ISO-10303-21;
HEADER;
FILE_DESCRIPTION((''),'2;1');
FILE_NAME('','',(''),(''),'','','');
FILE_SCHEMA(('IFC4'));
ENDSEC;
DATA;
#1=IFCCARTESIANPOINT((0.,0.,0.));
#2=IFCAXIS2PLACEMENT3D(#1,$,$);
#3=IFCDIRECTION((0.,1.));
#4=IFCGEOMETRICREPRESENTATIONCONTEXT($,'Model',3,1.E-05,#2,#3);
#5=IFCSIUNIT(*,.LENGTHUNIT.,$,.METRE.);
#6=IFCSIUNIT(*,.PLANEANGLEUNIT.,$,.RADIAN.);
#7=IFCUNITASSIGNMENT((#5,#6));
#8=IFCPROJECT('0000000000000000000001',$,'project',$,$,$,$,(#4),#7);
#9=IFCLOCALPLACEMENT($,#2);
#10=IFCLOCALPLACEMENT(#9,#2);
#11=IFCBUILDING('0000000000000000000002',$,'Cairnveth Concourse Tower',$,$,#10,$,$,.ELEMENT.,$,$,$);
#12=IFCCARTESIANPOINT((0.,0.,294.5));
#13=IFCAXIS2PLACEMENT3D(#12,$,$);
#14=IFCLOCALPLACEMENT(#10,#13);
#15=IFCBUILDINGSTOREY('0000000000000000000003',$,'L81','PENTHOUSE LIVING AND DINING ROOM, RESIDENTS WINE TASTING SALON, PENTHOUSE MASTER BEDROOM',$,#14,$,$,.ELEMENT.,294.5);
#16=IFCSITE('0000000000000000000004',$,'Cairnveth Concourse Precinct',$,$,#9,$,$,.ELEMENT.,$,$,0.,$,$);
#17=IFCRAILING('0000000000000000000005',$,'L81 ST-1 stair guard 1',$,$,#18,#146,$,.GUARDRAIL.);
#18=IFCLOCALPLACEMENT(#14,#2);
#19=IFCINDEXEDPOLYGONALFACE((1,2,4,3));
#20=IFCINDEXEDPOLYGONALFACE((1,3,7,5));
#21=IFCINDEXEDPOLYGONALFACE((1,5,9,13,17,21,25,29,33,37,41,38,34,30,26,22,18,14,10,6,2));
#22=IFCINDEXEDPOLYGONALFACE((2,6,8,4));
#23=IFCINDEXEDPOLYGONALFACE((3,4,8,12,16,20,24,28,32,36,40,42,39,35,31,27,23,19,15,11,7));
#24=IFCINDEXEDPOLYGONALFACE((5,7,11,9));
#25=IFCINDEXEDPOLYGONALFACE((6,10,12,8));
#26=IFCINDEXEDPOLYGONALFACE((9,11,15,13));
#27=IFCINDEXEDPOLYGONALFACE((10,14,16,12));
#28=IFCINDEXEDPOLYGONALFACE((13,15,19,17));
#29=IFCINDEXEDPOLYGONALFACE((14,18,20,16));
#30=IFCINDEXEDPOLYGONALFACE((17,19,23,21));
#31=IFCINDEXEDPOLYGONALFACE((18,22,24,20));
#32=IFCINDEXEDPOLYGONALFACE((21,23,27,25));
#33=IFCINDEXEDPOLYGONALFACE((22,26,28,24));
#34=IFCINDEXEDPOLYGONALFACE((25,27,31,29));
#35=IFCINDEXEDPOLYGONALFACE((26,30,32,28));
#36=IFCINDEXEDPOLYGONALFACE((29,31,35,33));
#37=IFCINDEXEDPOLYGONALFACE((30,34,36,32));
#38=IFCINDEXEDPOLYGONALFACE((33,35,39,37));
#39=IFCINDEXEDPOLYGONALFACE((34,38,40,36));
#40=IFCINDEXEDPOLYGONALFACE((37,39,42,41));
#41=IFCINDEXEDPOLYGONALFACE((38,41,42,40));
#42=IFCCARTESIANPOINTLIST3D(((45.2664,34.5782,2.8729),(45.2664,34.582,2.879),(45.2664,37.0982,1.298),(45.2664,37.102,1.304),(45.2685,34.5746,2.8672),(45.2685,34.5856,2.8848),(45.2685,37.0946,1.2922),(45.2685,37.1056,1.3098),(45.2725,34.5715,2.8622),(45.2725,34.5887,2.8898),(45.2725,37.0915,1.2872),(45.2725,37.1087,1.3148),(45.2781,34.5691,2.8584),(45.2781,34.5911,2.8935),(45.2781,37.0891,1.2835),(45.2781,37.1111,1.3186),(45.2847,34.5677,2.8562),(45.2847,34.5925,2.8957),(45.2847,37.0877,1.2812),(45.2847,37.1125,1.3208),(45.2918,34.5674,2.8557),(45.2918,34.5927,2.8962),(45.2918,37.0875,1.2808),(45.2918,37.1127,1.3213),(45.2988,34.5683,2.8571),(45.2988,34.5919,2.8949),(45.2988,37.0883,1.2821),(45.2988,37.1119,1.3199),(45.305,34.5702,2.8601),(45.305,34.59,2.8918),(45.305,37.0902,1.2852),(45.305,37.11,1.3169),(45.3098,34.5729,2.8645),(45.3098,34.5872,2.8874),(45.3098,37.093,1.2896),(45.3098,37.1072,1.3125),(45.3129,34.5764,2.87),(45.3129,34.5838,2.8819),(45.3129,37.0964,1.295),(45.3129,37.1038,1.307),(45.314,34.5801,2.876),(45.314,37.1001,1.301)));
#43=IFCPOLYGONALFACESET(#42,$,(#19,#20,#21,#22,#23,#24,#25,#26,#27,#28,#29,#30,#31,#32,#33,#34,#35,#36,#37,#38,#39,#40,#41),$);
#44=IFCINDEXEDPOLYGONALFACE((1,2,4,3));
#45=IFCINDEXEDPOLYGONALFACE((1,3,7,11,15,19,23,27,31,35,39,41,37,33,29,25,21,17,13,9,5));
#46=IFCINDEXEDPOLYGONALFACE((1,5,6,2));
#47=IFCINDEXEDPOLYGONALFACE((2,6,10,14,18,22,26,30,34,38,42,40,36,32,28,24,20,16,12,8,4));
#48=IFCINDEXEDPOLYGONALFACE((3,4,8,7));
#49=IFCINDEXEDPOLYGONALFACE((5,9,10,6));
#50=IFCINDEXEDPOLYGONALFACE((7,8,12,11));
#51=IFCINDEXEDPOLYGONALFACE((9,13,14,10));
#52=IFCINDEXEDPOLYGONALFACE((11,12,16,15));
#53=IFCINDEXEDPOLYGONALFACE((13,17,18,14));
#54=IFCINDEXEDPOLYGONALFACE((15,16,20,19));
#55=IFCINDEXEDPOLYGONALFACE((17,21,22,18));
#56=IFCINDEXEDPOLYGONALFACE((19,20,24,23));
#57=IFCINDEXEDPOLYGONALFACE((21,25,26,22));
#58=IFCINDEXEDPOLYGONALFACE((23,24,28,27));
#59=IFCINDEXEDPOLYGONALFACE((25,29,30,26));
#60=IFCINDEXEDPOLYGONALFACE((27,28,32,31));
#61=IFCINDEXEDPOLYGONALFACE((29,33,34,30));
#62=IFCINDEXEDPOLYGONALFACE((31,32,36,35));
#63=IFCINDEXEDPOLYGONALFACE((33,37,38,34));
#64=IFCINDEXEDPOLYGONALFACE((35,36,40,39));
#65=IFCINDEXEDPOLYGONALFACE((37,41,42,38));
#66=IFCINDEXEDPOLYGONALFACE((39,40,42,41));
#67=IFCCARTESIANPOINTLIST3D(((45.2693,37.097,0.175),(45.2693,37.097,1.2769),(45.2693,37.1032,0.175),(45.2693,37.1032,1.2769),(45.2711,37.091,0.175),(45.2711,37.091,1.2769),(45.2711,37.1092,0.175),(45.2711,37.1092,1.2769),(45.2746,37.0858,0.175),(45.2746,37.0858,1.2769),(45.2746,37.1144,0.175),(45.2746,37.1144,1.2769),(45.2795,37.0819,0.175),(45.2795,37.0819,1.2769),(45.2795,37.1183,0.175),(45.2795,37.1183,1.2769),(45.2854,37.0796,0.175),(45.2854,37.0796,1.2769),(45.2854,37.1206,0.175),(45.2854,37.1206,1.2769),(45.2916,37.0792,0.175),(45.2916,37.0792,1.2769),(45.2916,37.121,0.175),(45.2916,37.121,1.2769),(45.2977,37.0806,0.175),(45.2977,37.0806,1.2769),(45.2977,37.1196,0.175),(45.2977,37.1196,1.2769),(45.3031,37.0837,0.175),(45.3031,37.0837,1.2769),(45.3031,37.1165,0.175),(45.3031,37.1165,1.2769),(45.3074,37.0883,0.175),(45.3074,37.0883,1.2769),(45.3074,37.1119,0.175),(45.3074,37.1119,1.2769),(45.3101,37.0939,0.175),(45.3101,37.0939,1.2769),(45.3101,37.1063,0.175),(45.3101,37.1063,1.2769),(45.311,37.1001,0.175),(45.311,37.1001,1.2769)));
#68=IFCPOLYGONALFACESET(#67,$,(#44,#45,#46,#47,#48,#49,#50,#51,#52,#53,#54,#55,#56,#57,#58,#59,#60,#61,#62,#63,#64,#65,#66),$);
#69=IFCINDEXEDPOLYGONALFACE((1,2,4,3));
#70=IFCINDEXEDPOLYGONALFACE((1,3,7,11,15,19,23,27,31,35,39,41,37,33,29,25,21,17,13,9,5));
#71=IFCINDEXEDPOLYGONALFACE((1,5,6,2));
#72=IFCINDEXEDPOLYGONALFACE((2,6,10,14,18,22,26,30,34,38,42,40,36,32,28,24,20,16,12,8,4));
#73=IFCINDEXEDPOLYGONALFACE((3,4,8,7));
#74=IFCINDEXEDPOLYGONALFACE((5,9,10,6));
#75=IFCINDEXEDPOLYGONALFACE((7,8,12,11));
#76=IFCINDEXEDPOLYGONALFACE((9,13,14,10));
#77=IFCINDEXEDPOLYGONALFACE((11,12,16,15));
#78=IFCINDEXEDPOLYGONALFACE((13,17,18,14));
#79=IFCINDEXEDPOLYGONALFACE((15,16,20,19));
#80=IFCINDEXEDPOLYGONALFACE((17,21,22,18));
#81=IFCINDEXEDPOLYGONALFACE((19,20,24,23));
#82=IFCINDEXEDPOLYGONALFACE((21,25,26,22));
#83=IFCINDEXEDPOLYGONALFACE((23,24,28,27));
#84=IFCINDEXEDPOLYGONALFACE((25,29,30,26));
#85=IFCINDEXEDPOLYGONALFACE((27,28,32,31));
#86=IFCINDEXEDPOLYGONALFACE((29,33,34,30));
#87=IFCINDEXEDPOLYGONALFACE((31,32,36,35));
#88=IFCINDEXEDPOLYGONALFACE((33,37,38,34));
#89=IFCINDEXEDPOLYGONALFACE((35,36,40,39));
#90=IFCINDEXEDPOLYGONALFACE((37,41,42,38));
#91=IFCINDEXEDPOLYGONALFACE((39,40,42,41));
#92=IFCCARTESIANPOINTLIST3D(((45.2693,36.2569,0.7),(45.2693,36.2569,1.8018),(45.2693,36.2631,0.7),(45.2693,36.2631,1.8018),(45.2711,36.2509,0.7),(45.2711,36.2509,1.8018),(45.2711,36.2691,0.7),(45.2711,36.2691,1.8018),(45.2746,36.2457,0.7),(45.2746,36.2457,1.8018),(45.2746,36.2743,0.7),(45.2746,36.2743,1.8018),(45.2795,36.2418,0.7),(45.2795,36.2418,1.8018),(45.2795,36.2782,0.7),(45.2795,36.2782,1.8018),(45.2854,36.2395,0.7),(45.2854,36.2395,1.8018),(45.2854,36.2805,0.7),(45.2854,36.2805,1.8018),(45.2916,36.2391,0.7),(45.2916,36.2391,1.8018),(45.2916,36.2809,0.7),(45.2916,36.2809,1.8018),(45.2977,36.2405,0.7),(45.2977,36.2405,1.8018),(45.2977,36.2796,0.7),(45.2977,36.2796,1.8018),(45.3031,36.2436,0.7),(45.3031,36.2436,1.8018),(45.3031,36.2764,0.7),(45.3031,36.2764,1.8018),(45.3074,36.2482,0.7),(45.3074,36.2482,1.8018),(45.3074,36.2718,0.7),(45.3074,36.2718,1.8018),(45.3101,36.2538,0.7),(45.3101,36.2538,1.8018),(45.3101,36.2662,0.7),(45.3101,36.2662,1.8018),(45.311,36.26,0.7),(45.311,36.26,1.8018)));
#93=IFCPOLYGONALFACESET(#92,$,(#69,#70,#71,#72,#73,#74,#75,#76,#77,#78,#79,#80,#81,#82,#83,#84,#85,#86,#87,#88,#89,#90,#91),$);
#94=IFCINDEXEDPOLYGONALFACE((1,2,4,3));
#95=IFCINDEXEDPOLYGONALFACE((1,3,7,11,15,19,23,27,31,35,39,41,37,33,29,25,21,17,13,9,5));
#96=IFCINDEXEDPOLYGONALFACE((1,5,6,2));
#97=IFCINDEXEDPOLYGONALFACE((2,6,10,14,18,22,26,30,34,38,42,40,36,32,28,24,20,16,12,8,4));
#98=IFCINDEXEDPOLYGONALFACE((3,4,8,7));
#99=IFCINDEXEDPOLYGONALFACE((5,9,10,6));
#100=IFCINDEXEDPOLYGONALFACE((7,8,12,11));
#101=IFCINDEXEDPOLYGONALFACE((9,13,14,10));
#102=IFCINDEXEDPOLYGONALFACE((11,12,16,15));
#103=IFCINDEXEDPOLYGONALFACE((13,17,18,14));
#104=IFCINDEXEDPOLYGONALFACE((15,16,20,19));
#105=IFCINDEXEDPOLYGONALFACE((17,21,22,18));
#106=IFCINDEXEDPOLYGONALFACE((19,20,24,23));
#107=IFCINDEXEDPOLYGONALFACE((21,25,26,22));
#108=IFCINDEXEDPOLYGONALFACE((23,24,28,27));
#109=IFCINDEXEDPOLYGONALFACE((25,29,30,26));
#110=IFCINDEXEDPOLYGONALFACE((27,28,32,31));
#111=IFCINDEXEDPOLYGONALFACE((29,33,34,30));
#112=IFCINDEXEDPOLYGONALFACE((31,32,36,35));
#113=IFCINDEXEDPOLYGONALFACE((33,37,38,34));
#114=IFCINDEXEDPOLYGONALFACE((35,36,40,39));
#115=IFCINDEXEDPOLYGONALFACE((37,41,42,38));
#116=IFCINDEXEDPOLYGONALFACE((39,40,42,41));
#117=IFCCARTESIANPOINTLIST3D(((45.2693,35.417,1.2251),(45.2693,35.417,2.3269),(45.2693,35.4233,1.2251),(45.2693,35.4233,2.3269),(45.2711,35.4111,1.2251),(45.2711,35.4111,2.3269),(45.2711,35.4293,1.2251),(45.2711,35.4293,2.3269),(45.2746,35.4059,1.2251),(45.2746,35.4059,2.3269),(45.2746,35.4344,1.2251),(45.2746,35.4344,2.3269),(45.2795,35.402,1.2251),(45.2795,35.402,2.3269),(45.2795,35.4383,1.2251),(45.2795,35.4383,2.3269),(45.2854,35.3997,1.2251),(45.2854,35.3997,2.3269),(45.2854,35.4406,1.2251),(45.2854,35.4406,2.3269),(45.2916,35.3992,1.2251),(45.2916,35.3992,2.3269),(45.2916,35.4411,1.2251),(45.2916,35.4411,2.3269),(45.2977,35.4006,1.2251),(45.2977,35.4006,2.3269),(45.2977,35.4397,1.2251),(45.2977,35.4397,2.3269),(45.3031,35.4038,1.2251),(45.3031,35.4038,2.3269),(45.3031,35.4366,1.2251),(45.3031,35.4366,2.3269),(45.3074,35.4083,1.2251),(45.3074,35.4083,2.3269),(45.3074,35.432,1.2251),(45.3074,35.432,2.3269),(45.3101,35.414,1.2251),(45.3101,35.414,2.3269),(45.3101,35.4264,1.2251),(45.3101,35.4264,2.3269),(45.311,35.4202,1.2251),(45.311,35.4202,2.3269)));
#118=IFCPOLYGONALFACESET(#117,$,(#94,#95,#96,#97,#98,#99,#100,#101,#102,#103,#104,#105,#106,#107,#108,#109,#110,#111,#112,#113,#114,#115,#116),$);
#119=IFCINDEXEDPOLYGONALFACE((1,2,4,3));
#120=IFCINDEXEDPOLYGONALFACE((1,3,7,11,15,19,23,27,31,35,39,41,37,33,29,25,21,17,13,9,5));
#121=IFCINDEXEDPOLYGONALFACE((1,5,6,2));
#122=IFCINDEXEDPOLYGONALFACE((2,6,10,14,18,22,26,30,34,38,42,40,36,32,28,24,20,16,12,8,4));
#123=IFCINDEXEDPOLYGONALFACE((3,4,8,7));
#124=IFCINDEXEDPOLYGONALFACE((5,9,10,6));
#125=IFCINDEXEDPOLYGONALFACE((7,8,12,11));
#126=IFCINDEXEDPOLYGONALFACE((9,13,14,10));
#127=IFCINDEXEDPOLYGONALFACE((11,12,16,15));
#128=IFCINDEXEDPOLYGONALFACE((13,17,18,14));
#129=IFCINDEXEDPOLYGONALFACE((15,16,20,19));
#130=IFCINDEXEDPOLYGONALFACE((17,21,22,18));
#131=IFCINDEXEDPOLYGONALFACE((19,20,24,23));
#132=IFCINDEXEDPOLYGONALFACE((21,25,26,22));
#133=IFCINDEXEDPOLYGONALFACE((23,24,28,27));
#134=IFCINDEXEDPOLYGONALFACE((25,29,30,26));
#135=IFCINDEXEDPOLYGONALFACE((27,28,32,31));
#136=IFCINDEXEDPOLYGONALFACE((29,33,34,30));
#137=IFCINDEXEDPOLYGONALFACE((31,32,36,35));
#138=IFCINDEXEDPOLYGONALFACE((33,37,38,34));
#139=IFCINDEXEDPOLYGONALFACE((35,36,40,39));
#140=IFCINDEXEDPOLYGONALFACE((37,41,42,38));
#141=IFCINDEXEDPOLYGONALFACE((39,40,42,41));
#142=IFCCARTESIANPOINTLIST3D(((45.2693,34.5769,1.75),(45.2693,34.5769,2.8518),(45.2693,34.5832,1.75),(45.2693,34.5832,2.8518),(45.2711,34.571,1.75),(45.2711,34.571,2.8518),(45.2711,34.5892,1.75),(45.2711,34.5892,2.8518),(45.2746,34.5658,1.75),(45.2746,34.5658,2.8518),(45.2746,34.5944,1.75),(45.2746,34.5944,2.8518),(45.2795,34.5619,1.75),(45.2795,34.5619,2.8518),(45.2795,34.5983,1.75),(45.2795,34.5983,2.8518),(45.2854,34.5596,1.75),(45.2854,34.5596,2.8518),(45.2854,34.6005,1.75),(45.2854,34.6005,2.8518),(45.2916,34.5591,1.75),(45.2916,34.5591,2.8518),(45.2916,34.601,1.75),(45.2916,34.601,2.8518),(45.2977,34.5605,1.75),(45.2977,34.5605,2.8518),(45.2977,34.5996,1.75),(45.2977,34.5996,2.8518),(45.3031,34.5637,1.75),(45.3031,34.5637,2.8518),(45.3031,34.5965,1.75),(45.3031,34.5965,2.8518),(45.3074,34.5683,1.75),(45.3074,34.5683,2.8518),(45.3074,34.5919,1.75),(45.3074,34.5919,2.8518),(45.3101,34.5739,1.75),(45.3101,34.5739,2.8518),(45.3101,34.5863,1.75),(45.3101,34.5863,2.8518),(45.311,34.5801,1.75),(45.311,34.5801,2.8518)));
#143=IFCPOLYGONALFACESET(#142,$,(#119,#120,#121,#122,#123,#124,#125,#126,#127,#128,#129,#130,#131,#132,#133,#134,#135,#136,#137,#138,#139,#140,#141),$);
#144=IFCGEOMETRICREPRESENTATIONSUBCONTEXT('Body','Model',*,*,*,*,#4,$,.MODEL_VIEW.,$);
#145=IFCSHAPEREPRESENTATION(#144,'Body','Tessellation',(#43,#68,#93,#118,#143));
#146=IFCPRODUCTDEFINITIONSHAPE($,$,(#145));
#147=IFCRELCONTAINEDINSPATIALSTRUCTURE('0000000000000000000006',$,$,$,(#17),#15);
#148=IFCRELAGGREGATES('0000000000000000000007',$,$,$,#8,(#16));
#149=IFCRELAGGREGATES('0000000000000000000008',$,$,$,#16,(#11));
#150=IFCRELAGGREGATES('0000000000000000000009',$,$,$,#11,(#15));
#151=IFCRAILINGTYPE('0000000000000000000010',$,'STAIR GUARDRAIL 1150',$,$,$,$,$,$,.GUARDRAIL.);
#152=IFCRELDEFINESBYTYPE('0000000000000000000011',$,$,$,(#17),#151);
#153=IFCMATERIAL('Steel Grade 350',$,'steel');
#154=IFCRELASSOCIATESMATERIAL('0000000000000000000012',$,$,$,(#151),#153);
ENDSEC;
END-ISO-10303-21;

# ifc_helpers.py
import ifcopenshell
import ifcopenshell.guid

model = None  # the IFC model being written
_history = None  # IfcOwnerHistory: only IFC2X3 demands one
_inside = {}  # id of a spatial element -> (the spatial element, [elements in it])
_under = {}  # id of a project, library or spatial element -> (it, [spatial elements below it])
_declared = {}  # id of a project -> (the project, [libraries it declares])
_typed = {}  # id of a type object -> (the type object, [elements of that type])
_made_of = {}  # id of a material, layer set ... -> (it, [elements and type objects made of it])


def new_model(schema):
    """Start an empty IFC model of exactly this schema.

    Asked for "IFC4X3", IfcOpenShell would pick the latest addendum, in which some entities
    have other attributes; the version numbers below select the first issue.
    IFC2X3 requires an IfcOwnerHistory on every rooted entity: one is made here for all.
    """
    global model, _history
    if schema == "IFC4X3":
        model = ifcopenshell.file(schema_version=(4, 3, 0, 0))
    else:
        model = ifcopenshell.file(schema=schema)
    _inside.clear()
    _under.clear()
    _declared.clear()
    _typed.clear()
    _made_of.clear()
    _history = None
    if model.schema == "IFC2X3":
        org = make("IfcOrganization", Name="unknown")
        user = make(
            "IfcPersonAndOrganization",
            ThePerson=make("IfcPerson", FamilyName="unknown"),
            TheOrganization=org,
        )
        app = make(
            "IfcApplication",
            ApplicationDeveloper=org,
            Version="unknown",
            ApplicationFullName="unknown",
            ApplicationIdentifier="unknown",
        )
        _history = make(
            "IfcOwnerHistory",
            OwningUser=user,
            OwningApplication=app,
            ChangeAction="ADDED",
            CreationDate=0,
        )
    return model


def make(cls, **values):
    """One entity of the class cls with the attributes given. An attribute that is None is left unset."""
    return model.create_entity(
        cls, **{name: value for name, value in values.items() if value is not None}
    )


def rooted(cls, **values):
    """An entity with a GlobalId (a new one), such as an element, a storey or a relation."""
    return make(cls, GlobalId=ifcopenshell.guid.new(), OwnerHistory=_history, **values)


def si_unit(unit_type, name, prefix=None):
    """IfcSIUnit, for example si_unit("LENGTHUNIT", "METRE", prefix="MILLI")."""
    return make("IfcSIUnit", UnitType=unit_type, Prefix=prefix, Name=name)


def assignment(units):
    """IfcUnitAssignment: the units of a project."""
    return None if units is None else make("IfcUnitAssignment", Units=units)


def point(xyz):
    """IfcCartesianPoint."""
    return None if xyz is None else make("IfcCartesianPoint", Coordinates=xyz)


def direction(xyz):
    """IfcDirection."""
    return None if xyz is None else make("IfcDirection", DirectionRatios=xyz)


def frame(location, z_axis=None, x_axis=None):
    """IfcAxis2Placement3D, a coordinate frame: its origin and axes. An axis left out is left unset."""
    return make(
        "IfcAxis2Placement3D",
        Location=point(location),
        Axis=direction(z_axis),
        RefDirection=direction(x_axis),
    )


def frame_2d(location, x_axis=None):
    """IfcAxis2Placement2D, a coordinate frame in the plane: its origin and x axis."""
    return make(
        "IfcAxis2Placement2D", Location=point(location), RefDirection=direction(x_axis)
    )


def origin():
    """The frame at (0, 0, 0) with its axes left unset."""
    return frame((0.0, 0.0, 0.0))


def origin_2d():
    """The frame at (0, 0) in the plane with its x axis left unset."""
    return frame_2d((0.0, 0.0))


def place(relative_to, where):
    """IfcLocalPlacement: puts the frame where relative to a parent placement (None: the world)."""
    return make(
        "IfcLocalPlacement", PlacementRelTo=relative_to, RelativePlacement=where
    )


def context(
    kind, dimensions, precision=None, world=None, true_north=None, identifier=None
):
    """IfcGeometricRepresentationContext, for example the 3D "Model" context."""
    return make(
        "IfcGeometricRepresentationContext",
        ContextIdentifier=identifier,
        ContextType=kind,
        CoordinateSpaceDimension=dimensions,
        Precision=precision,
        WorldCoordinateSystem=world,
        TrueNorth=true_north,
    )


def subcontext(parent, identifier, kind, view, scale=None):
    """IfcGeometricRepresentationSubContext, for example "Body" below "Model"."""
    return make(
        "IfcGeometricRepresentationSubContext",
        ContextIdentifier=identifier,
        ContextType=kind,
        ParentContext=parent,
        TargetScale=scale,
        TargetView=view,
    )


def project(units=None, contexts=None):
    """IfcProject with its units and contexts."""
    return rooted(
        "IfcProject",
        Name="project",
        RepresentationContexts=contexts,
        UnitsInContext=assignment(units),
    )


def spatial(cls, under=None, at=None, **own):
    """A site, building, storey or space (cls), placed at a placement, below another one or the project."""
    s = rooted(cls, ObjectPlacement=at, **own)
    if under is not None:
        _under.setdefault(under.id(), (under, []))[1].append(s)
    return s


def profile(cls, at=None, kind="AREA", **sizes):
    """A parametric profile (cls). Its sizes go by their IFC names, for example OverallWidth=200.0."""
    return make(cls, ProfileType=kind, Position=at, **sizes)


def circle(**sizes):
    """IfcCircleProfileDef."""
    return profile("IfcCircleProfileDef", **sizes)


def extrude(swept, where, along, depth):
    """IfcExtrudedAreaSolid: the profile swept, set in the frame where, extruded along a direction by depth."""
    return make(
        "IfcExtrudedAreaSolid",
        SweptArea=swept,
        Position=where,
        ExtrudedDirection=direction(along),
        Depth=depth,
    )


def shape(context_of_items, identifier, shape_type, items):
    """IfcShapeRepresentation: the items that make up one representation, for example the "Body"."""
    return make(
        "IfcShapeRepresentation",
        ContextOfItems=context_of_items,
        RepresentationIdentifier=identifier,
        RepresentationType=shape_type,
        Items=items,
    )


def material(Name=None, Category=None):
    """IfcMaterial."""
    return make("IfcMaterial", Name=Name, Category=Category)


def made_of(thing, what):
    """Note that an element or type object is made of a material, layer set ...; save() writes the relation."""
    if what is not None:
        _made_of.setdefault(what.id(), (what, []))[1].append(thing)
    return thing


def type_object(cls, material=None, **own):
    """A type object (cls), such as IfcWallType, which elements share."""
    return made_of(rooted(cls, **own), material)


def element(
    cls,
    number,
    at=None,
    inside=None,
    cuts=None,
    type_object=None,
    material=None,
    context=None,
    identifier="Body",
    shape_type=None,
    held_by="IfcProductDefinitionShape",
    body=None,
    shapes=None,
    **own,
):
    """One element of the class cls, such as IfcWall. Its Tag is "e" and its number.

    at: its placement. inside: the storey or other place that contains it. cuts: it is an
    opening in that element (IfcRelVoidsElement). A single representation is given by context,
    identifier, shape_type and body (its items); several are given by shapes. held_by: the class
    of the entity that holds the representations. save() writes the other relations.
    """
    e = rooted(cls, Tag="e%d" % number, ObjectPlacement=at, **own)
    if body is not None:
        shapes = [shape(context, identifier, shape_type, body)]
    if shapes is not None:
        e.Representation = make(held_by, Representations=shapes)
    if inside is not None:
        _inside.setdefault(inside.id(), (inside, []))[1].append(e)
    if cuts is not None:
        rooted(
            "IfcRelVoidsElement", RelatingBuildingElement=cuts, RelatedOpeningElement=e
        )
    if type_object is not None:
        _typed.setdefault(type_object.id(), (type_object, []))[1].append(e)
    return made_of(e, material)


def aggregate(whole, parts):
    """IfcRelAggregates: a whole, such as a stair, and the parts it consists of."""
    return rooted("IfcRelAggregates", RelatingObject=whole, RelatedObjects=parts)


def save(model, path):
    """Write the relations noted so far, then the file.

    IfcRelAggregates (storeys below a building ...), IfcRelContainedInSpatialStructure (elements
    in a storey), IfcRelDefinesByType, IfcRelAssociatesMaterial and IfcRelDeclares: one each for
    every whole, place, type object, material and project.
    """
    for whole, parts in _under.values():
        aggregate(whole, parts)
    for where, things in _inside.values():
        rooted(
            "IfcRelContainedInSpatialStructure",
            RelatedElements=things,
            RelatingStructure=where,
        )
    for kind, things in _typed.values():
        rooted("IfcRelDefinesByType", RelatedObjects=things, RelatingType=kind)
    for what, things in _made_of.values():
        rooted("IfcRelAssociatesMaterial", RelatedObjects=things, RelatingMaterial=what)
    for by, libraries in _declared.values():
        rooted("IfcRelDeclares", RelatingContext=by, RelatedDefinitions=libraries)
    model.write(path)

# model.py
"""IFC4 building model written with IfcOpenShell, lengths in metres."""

from ifc_helpers import new_model, si_unit, direction, frame, origin, origin_2d, place, context, subcontext, project, spatial, circle, extrude, material, type_object, element, save


model = new_model("IFC4")

# Units and contexts
model_context = context("Model", 3, precision=1e-05, world=origin(), true_north=direction((0.0, 1.0)))
body_context = subcontext(model_context, "Body", "Model", "MODEL_VIEW")
ifc_project = project(units=[si_unit("LENGTHUNIT", "METRE"), si_unit("PLANEANGLEUNIT", "RADIAN")], contexts=[model_context])

# Site, building, storey
site_placement = place(None, origin())
site = spatial("IfcSite", under=ifc_project, at=site_placement, Name="Cairnveth Concourse Precinct", CompositionType="ELEMENT", RefElevation=0.0)
building_placement = place(site_placement, origin())
building = spatial("IfcBuilding", under=site, at=building_placement, Name="Cairnveth Concourse Tower", CompositionType="ELEMENT")
storey_placement = place(building_placement, frame((0.0, 0.0, 294.5)))
storey = spatial("IfcBuildingStorey", under=building, at=storey_placement, Name="L81", Description="PENTHOUSE LIVING AND DINING ROOM, RESIDENTS WINE TASTING SALON, PENTHOUSE MASTER BEDROOM", CompositionType="ELEMENT", Elevation=294.5)

# Shared definitions
ifc_material_1 = material(Name="Steel Grade 350", Category="steel")

# Railing
railing_type_1 = type_object("IfcRailingType", Name="STAIR GUARDRAIL 1150", PredefinedType="GUARDRAIL", material=ifc_material_1)
railing_1_placement = place(storey_placement, frame((45.29, 37.1001, 0.175)))
element("IfcRailing", 1, at=railing_1_placement, inside=storey, type_object=railing_type_1, Name="L81 ST-1 stair guard 1", PredefinedType="GUARDRAIL", context=body_context, shape_type="SweptSolid", body=[
    extrude(circle(Radius=0.0239, at=origin_2d()), frame((0.0, 0.0, 1.126), z_axis=(0.0, -0.848008, 0.529984), x_axis=(1.0, 0.0, 0.0)), (0.0, 0.0, 1.0), 2.9717),
    extrude(circle(Radius=0.021, at=origin_2d()), origin(), (0.0, 0.0, 1.0), 1.1018),
    extrude(circle(Radius=0.021, at=origin_2d()), frame((0.0, -0.8401, 0.5249)), (0.0, 0.0, 1.0), 1.1018),
    extrude(circle(Radius=0.021, at=origin_2d()), frame((0.0, -1.6799, 1.05)), (0.0, 0.0, 1.0), 1.1018),
    extrude(circle(Radius=0.021, at=origin_2d()), frame((0.0, -2.52, 1.575)), (0.0, 0.0, 1.0), 1.1018),
])

save(model, "model.ifc")
